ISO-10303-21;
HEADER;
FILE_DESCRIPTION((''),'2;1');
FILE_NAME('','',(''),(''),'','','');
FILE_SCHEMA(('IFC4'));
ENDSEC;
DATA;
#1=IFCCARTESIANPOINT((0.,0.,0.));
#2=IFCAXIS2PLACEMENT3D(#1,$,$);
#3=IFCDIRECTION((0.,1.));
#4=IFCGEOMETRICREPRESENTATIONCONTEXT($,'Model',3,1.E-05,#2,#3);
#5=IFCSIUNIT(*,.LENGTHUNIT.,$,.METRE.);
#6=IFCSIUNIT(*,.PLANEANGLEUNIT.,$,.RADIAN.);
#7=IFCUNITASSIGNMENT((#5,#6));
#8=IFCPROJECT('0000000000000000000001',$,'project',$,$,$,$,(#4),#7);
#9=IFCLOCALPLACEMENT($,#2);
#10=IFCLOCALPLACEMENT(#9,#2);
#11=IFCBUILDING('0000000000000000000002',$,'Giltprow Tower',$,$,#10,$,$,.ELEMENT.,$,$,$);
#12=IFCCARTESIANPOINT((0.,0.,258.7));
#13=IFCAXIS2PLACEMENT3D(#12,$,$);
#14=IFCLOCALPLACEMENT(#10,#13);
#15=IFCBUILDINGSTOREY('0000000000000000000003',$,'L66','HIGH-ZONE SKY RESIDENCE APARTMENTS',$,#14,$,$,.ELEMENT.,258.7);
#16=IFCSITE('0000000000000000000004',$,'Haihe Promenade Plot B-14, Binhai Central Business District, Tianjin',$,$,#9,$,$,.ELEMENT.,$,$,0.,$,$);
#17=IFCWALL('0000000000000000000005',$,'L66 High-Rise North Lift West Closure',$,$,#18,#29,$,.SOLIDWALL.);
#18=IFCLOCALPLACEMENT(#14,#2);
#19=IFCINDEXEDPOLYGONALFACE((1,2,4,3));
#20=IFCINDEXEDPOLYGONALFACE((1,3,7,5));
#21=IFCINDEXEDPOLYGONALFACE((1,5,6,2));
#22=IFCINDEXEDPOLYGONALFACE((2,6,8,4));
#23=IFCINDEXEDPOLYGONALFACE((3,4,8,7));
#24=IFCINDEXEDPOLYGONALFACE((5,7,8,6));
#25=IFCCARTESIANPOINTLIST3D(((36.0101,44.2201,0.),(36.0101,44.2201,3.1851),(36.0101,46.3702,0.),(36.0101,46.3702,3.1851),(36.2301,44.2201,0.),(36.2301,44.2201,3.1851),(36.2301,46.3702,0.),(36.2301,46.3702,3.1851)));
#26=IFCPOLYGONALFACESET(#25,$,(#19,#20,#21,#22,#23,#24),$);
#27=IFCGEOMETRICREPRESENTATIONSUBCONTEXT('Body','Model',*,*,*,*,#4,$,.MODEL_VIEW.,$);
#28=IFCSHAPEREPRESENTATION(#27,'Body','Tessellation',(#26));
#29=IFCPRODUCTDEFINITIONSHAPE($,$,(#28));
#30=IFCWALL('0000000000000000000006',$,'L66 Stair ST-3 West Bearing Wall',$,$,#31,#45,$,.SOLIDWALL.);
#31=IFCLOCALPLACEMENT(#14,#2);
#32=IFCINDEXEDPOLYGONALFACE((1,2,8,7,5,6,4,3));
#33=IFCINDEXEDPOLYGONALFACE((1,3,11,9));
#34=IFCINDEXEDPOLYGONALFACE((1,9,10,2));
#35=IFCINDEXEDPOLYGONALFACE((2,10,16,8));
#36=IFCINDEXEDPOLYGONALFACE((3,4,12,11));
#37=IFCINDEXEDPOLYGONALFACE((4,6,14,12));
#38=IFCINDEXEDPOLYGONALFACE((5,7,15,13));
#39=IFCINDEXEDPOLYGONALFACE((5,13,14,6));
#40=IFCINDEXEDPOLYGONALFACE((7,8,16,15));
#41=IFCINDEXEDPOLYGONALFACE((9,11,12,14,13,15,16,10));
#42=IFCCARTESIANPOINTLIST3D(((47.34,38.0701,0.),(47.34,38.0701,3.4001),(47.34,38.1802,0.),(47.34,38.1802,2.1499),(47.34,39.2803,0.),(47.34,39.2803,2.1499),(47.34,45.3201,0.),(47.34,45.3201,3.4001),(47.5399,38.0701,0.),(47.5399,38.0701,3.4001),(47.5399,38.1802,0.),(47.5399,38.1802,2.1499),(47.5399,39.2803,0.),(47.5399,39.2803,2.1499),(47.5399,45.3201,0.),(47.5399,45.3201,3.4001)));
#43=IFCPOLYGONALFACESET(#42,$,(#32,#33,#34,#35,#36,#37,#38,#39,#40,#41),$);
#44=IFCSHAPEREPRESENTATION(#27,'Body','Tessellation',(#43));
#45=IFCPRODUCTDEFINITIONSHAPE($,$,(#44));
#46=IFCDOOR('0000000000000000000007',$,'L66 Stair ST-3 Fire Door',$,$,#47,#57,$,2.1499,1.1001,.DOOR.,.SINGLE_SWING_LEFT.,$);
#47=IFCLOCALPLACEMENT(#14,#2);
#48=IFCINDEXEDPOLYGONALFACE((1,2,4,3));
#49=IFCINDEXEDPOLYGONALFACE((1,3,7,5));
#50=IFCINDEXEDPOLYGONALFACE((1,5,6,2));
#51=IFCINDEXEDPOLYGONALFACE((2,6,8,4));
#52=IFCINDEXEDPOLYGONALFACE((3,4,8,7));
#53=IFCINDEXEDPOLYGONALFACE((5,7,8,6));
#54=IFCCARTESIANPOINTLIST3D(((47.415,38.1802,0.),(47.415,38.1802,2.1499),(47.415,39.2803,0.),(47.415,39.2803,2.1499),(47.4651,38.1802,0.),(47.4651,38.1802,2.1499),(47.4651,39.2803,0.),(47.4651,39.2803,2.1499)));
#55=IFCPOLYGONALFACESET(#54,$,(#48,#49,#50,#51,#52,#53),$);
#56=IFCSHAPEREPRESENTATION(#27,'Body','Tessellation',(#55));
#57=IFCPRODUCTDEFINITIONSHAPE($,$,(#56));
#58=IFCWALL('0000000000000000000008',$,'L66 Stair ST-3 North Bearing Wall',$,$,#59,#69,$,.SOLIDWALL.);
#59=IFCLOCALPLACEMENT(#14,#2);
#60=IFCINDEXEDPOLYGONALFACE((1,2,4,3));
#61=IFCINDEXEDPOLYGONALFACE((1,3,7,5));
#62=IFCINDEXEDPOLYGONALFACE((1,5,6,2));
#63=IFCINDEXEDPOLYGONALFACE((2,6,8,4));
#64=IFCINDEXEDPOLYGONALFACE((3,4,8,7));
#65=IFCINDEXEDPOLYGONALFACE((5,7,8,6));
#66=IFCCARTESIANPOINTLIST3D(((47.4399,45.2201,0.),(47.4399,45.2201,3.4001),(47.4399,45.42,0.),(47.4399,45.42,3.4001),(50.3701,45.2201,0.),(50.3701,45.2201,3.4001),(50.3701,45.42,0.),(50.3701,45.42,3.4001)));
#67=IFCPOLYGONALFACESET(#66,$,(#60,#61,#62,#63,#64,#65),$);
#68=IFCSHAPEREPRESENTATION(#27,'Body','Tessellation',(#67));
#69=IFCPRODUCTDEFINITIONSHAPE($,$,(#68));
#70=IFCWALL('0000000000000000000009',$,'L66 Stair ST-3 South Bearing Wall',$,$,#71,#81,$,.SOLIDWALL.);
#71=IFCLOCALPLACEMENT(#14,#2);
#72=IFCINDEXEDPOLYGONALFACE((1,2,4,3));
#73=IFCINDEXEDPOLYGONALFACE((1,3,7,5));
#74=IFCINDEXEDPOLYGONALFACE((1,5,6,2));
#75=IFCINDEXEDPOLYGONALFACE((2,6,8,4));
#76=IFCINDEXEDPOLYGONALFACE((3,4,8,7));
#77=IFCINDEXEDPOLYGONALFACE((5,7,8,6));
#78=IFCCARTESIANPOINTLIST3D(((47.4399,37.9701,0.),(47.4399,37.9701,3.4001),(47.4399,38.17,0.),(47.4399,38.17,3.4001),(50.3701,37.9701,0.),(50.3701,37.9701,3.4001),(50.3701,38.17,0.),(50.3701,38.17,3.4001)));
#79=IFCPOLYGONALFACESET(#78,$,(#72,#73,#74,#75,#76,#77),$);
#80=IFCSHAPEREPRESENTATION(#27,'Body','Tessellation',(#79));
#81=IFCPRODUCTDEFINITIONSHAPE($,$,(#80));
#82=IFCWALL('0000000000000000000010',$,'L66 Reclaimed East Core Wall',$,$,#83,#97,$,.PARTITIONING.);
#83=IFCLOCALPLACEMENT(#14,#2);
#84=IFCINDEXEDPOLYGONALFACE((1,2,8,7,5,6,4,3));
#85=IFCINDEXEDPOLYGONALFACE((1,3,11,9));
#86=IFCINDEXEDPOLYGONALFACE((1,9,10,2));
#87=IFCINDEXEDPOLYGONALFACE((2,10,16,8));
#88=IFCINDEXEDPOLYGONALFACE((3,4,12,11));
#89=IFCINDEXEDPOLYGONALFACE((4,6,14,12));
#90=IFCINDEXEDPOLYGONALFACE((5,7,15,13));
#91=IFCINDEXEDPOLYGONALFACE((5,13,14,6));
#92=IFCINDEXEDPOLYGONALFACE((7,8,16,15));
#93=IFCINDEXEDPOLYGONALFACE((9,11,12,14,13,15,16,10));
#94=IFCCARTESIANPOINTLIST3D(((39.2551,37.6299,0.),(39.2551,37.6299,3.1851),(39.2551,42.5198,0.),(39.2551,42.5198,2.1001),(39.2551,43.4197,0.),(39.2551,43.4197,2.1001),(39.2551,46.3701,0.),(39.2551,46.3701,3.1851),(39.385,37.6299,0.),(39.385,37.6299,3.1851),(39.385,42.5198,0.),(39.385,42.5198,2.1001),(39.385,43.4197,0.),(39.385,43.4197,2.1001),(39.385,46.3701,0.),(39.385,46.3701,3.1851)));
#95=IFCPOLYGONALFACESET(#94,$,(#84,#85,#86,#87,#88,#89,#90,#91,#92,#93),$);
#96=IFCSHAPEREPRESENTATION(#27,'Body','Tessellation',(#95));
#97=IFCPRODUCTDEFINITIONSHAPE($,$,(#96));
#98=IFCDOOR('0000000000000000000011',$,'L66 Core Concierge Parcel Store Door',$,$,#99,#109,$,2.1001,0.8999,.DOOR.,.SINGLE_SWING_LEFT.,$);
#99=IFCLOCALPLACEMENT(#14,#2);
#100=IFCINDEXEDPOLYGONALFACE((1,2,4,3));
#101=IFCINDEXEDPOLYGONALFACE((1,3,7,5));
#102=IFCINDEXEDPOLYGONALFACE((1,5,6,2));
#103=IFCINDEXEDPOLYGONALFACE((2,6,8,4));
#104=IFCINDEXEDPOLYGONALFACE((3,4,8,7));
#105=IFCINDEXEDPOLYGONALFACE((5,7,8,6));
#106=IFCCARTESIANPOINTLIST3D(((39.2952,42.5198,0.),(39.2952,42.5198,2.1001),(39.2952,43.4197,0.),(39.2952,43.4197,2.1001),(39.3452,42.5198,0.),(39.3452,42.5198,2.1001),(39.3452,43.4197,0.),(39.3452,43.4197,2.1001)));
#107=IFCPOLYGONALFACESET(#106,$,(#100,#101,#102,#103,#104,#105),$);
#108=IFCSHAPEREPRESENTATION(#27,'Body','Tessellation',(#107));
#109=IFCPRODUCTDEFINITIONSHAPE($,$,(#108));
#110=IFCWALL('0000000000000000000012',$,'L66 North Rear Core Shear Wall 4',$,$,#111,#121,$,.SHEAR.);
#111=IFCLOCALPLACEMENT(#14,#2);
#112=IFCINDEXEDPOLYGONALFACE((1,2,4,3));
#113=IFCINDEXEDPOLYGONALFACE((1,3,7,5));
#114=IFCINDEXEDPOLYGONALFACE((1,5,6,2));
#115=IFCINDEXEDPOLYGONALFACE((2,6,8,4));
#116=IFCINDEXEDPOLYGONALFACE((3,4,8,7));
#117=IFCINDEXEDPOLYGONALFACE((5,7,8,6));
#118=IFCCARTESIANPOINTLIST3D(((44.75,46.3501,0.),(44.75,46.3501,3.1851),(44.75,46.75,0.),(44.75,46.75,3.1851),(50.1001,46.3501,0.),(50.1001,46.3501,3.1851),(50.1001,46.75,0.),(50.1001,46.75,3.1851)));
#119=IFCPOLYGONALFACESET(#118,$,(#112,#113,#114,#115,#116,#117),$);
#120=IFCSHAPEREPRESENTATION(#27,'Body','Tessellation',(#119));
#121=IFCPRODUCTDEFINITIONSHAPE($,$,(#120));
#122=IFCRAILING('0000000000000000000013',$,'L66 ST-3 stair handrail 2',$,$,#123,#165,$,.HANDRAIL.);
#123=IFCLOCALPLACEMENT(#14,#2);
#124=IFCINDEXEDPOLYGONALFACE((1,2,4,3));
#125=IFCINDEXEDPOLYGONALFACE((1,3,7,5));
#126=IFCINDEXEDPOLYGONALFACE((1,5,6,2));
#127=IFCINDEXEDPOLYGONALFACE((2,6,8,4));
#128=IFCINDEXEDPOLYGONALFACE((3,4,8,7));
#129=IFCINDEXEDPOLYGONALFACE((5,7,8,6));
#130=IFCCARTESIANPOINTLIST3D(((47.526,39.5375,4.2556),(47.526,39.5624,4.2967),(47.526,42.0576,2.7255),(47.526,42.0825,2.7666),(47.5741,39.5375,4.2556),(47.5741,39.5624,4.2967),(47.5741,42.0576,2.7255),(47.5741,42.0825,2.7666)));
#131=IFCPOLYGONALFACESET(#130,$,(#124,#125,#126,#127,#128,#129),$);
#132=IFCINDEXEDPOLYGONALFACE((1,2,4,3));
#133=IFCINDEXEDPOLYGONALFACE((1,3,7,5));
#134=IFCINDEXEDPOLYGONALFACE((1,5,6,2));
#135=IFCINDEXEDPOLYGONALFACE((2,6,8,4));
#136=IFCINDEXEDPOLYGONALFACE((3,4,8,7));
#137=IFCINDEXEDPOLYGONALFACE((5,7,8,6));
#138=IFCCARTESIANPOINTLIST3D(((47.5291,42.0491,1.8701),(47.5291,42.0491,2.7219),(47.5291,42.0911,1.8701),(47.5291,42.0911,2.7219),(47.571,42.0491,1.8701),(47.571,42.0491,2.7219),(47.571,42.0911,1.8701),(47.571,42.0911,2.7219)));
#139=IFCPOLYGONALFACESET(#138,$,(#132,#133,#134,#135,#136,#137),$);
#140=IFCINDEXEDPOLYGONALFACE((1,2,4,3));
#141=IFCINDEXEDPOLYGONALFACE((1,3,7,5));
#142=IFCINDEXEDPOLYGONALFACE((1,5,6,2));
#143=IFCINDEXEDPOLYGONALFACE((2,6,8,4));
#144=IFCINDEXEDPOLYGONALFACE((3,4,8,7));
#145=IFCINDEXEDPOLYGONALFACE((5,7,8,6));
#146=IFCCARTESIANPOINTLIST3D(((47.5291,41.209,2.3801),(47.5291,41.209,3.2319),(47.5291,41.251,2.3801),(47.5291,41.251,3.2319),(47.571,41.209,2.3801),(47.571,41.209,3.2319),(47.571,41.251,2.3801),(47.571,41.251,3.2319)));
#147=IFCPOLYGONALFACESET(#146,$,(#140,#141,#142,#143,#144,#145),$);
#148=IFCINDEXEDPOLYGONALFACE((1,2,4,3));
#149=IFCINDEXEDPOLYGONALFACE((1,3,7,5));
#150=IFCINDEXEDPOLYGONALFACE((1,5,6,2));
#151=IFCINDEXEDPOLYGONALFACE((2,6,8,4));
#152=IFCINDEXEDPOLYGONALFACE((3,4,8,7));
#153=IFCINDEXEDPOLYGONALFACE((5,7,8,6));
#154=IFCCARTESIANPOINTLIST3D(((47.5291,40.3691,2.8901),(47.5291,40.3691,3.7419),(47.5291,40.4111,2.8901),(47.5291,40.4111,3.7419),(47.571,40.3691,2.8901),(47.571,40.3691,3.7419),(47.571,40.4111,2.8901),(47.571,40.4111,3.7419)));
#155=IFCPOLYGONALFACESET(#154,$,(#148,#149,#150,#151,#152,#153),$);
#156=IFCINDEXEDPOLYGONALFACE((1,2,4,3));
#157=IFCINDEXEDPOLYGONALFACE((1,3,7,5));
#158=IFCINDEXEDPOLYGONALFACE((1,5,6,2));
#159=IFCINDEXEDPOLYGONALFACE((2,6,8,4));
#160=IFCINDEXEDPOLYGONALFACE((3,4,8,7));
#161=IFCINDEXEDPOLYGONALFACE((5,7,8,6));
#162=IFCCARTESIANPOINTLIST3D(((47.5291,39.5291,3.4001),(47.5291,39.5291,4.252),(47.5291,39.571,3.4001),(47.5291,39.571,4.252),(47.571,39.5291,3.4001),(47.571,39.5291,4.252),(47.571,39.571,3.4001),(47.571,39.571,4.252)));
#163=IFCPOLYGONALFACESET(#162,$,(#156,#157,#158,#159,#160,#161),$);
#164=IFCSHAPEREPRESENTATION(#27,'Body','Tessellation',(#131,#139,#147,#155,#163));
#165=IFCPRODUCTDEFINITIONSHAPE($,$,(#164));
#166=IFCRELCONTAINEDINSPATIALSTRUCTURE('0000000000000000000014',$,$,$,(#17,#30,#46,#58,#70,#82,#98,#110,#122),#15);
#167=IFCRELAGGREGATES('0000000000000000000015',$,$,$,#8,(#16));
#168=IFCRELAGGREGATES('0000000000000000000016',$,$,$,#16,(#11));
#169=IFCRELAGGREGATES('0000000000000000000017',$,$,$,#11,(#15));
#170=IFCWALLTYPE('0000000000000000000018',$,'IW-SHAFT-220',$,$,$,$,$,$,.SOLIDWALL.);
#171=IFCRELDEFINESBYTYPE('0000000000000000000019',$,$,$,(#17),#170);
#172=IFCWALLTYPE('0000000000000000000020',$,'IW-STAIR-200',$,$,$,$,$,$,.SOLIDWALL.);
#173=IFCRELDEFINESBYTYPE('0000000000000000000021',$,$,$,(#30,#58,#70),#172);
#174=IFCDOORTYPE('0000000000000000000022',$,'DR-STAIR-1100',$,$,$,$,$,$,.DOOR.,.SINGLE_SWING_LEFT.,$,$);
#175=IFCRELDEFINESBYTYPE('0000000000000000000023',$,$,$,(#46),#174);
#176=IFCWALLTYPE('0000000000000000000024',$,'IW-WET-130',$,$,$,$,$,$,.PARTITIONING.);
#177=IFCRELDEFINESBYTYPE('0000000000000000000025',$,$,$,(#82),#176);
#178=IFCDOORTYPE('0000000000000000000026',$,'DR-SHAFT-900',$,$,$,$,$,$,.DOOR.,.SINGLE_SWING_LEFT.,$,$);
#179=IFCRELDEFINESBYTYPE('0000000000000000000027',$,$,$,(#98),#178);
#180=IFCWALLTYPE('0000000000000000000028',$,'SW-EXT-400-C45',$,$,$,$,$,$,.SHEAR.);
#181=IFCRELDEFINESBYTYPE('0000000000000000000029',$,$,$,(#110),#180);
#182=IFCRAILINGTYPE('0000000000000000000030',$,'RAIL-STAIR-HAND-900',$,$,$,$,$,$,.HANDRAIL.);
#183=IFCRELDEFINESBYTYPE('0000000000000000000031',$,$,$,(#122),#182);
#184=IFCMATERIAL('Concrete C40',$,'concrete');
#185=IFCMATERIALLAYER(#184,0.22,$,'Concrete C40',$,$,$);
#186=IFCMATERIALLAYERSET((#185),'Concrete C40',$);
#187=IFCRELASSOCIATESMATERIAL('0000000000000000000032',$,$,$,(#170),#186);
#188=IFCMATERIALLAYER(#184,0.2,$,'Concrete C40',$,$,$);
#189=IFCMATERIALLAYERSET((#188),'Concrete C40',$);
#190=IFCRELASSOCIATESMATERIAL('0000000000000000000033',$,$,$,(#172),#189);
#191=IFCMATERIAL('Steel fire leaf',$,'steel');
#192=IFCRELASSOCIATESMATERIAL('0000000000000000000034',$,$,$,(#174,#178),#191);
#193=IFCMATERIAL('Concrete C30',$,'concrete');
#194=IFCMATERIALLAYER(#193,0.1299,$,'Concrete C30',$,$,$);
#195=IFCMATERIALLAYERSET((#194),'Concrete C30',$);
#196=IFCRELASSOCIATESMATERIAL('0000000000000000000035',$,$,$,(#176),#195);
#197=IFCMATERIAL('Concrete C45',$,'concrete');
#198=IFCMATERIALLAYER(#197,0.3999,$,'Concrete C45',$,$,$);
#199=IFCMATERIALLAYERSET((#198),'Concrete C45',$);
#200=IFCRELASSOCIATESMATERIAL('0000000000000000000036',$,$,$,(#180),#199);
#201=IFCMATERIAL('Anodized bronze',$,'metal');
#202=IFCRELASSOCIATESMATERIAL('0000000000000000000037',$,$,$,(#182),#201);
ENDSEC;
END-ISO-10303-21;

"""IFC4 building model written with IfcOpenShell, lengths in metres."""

from ifc_helpers import new_model, si_unit, direction, frame, frame_2d, origin, origin_2d, place, context, subcontext, project, spatial, rectangle, extrude, source, transform, mapped, material, layer, layer_set, type_object, element, fill, save


model = new_model("IFC4")

# Units and contexts
model_context = context("Model", 3, precision=1e-05, world=origin(), true_north=direction((0.0, 1.0)))
body_context = subcontext(model_context, "Body", "Model", "MODEL_VIEW")
ifc_project = project(units=[si_unit("LENGTHUNIT", "METRE"), si_unit("PLANEANGLEUNIT", "RADIAN")], contexts=[model_context])

# Site, building, storey
site_placement = place(None, origin())
site = spatial("IfcSite", under=ifc_project, at=site_placement, Name="Haihe Promenade Plot B-14, Binhai Central Business District, Tianjin", CompositionType="ELEMENT", RefElevation=0.0)
building_placement = place(site_placement, origin())
building = spatial("IfcBuilding", under=site, at=building_placement, Name="Giltprow Tower", CompositionType="ELEMENT")
storey_placement = place(building_placement, frame((0.0, 0.0, 258.7)))
storey = spatial("IfcBuildingStorey", under=building, at=storey_placement, Name="L66", Description="HIGH-ZONE SKY RESIDENCE APARTMENTS", CompositionType="ELEMENT", Elevation=258.7)

# Shared definitions
ifc_material_1 = material(Name="Concrete C45", Category="concrete")

# Shared definitions
ifc_material_2 = material(Name="Concrete C40", Category="concrete")
ifc_layer_1 = layer(ifc_material_2, 0.22, Name="Concrete C40")
ifc_layer_set_1 = layer_set([ifc_layer_1], Name="Concrete C40")
wall_type_1 = type_object("IfcWallType", Name="IW-SHAFT-220", PredefinedType="SOLIDWALL", material=ifc_layer_set_1)

# Wall
wall_1_placement = place(storey_placement, frame((36.1201, 44.22, 0.0), z_axis=(0.0, 0.0, 1.0), x_axis=(0.0, 1.0, 0.0)))
element("IfcWall", 1, at=wall_1_placement, inside=storey, type_object=wall_type_1, Name="L66 High-Rise North Lift West Closure", PredefinedType="SOLIDWALL", context=body_context, shape_type="SweptSolid", body=[
    extrude(rectangle(XDim=2.1501, YDim=0.22, at=frame_2d((1.0752, 0.0))), origin(), (0.0, 0.0, 1.0), 3.1851),
])

# Wall, opening, door
ifc_layer_2 = layer(ifc_material_2, 0.2, Name="Concrete C40")
ifc_layer_set_2 = layer_set([ifc_layer_2], Name="Concrete C40")
wall_type_2 = type_object("IfcWallType", Name="IW-STAIR-200", PredefinedType="SOLIDWALL", material=ifc_layer_set_2)
wall_2_placement = place(storey_placement, frame((47.4399, 38.0701, 0.0), z_axis=(0.0, 0.0, 1.0), x_axis=(0.0, 1.0, 0.0)))
wall_2 = element("IfcWall", 2, at=wall_2_placement, inside=storey, type_object=wall_type_2, Name="L66 Stair ST-3 West Bearing Wall", PredefinedType="SOLIDWALL", context=body_context, shape_type="SweptSolid", body=[
    extrude(rectangle(XDim=7.25, YDim=0.2, at=frame_2d((3.625, 0.0))), origin(), (0.0, 0.0, 1.0), 3.4001),
])
opening_1_placement = place(wall_2_placement, frame((0.1101, 0.0, 0.0)))
opening_1 = element("IfcOpeningElement", 3, at=opening_1_placement, cuts=wall_2, PredefinedType="OPENING", context=body_context, shape_type="SweptSolid", body=[
    extrude(rectangle(XDim=1.1001, YDim=2.1499, at=frame_2d((0.55, 1.075))), frame((0.0, 0.1099, 0.0), z_axis=(0.0, -1.0, 0.0), x_axis=(1.0, 0.0, 0.0)), (0.0, 0.0, 1.0), 0.22),
])
ifc_material_3 = material(Name="Steel fire leaf", Category="steel")
door_type_1 = type_object("IfcDoorType", Name="DR-STAIR-1100", OperationType="SINGLE_SWING_LEFT", PredefinedType="DOOR", material=ifc_material_3)
shared_shape_1 = source(origin(), body_context, "Body", "SweptSolid", [
    extrude(rectangle(XDim=1.1001, YDim=2.1499, at=frame_2d((0.55, 1.075))), frame((0.0, 0.0249, 0.0), z_axis=(0.0, -1.0, 0.0), x_axis=(1.0, 0.0, 0.0)), (0.0, 0.0, 1.0), 0.05),
])
door_1_placement = place(opening_1_placement, origin())
door_1 = element("IfcDoor", 4, at=door_1_placement, inside=storey, type_object=door_type_1, Name="L66 Stair ST-3 Fire Door", OperationType="SINGLE_SWING_LEFT", OverallHeight=2.1499, OverallWidth=1.1001, PredefinedType="DOOR", context=body_context, shape_type="MappedRepresentation", body=[
    mapped(shared_shape_1, transform((0.0, 0.0, 0.0), x_axis=(1.0, 0.0, 0.0), y_axis=(0.0, 1.0, 0.0), z_axis=(0.0, 0.0, 1.0), scale=1.0)),
])
fill(opening_1, door_1)

# Walls
for number, where, z_axis, x_axis, name in (
    (5, (47.4399, 45.3201, 0.0), (0.0, 0.0, 1.0), (1.0, 0.0, 0.0), "L66 Stair ST-3 North Bearing Wall"),
    (6, (47.4399, 38.0701, 0.0), (0.0, 0.0, 1.0), (1.0, 0.0, 0.0), "L66 Stair ST-3 South Bearing Wall"),
):
    element("IfcWall", number, at=place(storey_placement, frame(where, z_axis=z_axis, x_axis=x_axis)), inside=storey, type_object=wall_type_2, Name=name, PredefinedType="SOLIDWALL", context=body_context, shape_type="SweptSolid", body=[
        extrude(rectangle(XDim=2.9302, YDim=0.2, at=frame_2d((1.4651, 0.0))), origin(), (0.0, 0.0, 1.0), 3.4001),
    ])

# Wall, opening, door
ifc_material_4 = material(Name="Concrete C30", Category="concrete")
ifc_layer_3 = layer(ifc_material_4, 0.1299, Name="Concrete C30")
ifc_layer_set_3 = layer_set([ifc_layer_3], Name="Concrete C30")
wall_type_3 = type_object("IfcWallType", Name="IW-WET-130", PredefinedType="PARTITIONING", material=ifc_layer_set_3)
wall_3_placement = place(storey_placement, frame((39.3201, 37.6299, 0.0), z_axis=(0.0, 0.0, 1.0), x_axis=(0.0, 1.0, 0.0)))
wall_3 = element("IfcWall", 7, at=wall_3_placement, inside=storey, type_object=wall_type_3, Name="L66 Reclaimed East Core Wall", PredefinedType="PARTITIONING", context=body_context, shape_type="SweptSolid", body=[
    extrude(rectangle(XDim=8.7402, YDim=0.1299, at=frame_2d((4.3701, 0.0))), origin(), (0.0, 0.0, 1.0), 3.1851),
])
opening_2_placement = place(wall_3_placement, frame((4.8899, 0.0, 0.0)))
opening_2 = element("IfcOpeningElement", 8, at=opening_2_placement, cuts=wall_3, PredefinedType="OPENING", context=body_context, shape_type="SweptSolid", body=[
    extrude(rectangle(XDim=0.8999, YDim=2.1001, at=frame_2d((0.45, 1.05))), frame((0.0, 0.075, 0.0), z_axis=(0.0, -1.0, 0.0), x_axis=(1.0, 0.0, 0.0)), (0.0, 0.0, 1.0), 0.1499),
])
door_type_2 = type_object("IfcDoorType", Name="DR-SHAFT-900", OperationType="SINGLE_SWING_LEFT", PredefinedType="DOOR", material=ifc_material_3)
shared_shape_2 = source(origin(), body_context, "Body", "SweptSolid", [
    extrude(rectangle(XDim=0.8999, YDim=2.1001, at=frame_2d((0.45, 1.05))), frame((0.0, 0.0249, 0.0), z_axis=(0.0, -1.0, 0.0), x_axis=(1.0, 0.0, 0.0)), (0.0, 0.0, 1.0), 0.05),
])
door_2_placement = place(opening_2_placement, origin())
door_2 = element("IfcDoor", 9, at=door_2_placement, inside=storey, type_object=door_type_2, Name="L66 Core Concierge Parcel Store Door", OperationType="SINGLE_SWING_LEFT", OverallHeight=2.1001, OverallWidth=0.8999, PredefinedType="DOOR", context=body_context, shape_type="MappedRepresentation", body=[
    mapped(shared_shape_2, transform((0.0, 0.0, 0.0), x_axis=(1.0, 0.0, 0.0), y_axis=(0.0, 1.0, 0.0), z_axis=(0.0, 0.0, 1.0), scale=1.0)),
])
fill(opening_2, door_2)

# Wall
ifc_layer_4 = layer(ifc_material_1, 0.3999, Name="Concrete C45")
ifc_layer_set_4 = layer_set([ifc_layer_4], Name="Concrete C45")
wall_type_4 = type_object("IfcWallType", Name="SW-EXT-400-C45", PredefinedType="SHEAR", material=ifc_layer_set_4)
wall_4_placement = place(storey_placement, frame((44.75, 46.55, 0.0), z_axis=(0.0, 0.0, 1.0), x_axis=(1.0, 0.0, 0.0)))
element("IfcWall", 10, at=wall_4_placement, inside=storey, type_object=wall_type_4, Name="L66 North Rear Core Shear Wall 4", PredefinedType="SHEAR", context=body_context, shape_type="SweptSolid", body=[
    extrude(rectangle(XDim=5.3501, YDim=0.3999, at=frame_2d((2.675, 0.0))), origin(), (0.0, 0.0, 1.0), 3.1851),
])

# Railing
ifc_material_5 = material(Name="Anodized bronze", Category="metal")
railing_type = type_object("IfcRailingType", Name="RAIL-STAIR-HAND-900", PredefinedType="HANDRAIL", material=ifc_material_5)
railing_placement = place(storey_placement, frame((47.55, 42.0701, 1.8701)))
element("IfcRailing", 11, at=railing_placement, inside=storey, type_object=railing_type, Name="L66 ST-3 stair handrail 2", PredefinedType="HANDRAIL", context=body_context, shape_type="SweptSolid", body=[
    extrude(rectangle(XDim=0.0481, YDim=0.0481, at=origin_2d()), frame((0.0, 0.0, 0.876), z_axis=(0.0, -0.854785, 0.518982), x_axis=(1.0, 0.0, 0.0)), (0.0, 0.0, 1.0), 2.9482),
    extrude(rectangle(XDim=0.042, YDim=0.042, at=origin_2d()), origin(), (0.0, 0.0, 1.0), 0.8518),
    extrude(rectangle(XDim=0.042, YDim=0.042, at=origin_2d()), frame((0.0, -0.8401, 0.51)), (0.0, 0.0, 1.0), 0.8518),
    extrude(rectangle(XDim=0.042, YDim=0.042, at=origin_2d()), frame((0.0, -1.6799, 1.02)), (0.0, 0.0, 1.0), 0.8518),
    extrude(rectangle(XDim=0.042, YDim=0.042, at=origin_2d()), frame((0.0, -2.52, 1.53)), (0.0, 0.0, 1.0), 0.8518),
])

save(model, "model.ifc")
